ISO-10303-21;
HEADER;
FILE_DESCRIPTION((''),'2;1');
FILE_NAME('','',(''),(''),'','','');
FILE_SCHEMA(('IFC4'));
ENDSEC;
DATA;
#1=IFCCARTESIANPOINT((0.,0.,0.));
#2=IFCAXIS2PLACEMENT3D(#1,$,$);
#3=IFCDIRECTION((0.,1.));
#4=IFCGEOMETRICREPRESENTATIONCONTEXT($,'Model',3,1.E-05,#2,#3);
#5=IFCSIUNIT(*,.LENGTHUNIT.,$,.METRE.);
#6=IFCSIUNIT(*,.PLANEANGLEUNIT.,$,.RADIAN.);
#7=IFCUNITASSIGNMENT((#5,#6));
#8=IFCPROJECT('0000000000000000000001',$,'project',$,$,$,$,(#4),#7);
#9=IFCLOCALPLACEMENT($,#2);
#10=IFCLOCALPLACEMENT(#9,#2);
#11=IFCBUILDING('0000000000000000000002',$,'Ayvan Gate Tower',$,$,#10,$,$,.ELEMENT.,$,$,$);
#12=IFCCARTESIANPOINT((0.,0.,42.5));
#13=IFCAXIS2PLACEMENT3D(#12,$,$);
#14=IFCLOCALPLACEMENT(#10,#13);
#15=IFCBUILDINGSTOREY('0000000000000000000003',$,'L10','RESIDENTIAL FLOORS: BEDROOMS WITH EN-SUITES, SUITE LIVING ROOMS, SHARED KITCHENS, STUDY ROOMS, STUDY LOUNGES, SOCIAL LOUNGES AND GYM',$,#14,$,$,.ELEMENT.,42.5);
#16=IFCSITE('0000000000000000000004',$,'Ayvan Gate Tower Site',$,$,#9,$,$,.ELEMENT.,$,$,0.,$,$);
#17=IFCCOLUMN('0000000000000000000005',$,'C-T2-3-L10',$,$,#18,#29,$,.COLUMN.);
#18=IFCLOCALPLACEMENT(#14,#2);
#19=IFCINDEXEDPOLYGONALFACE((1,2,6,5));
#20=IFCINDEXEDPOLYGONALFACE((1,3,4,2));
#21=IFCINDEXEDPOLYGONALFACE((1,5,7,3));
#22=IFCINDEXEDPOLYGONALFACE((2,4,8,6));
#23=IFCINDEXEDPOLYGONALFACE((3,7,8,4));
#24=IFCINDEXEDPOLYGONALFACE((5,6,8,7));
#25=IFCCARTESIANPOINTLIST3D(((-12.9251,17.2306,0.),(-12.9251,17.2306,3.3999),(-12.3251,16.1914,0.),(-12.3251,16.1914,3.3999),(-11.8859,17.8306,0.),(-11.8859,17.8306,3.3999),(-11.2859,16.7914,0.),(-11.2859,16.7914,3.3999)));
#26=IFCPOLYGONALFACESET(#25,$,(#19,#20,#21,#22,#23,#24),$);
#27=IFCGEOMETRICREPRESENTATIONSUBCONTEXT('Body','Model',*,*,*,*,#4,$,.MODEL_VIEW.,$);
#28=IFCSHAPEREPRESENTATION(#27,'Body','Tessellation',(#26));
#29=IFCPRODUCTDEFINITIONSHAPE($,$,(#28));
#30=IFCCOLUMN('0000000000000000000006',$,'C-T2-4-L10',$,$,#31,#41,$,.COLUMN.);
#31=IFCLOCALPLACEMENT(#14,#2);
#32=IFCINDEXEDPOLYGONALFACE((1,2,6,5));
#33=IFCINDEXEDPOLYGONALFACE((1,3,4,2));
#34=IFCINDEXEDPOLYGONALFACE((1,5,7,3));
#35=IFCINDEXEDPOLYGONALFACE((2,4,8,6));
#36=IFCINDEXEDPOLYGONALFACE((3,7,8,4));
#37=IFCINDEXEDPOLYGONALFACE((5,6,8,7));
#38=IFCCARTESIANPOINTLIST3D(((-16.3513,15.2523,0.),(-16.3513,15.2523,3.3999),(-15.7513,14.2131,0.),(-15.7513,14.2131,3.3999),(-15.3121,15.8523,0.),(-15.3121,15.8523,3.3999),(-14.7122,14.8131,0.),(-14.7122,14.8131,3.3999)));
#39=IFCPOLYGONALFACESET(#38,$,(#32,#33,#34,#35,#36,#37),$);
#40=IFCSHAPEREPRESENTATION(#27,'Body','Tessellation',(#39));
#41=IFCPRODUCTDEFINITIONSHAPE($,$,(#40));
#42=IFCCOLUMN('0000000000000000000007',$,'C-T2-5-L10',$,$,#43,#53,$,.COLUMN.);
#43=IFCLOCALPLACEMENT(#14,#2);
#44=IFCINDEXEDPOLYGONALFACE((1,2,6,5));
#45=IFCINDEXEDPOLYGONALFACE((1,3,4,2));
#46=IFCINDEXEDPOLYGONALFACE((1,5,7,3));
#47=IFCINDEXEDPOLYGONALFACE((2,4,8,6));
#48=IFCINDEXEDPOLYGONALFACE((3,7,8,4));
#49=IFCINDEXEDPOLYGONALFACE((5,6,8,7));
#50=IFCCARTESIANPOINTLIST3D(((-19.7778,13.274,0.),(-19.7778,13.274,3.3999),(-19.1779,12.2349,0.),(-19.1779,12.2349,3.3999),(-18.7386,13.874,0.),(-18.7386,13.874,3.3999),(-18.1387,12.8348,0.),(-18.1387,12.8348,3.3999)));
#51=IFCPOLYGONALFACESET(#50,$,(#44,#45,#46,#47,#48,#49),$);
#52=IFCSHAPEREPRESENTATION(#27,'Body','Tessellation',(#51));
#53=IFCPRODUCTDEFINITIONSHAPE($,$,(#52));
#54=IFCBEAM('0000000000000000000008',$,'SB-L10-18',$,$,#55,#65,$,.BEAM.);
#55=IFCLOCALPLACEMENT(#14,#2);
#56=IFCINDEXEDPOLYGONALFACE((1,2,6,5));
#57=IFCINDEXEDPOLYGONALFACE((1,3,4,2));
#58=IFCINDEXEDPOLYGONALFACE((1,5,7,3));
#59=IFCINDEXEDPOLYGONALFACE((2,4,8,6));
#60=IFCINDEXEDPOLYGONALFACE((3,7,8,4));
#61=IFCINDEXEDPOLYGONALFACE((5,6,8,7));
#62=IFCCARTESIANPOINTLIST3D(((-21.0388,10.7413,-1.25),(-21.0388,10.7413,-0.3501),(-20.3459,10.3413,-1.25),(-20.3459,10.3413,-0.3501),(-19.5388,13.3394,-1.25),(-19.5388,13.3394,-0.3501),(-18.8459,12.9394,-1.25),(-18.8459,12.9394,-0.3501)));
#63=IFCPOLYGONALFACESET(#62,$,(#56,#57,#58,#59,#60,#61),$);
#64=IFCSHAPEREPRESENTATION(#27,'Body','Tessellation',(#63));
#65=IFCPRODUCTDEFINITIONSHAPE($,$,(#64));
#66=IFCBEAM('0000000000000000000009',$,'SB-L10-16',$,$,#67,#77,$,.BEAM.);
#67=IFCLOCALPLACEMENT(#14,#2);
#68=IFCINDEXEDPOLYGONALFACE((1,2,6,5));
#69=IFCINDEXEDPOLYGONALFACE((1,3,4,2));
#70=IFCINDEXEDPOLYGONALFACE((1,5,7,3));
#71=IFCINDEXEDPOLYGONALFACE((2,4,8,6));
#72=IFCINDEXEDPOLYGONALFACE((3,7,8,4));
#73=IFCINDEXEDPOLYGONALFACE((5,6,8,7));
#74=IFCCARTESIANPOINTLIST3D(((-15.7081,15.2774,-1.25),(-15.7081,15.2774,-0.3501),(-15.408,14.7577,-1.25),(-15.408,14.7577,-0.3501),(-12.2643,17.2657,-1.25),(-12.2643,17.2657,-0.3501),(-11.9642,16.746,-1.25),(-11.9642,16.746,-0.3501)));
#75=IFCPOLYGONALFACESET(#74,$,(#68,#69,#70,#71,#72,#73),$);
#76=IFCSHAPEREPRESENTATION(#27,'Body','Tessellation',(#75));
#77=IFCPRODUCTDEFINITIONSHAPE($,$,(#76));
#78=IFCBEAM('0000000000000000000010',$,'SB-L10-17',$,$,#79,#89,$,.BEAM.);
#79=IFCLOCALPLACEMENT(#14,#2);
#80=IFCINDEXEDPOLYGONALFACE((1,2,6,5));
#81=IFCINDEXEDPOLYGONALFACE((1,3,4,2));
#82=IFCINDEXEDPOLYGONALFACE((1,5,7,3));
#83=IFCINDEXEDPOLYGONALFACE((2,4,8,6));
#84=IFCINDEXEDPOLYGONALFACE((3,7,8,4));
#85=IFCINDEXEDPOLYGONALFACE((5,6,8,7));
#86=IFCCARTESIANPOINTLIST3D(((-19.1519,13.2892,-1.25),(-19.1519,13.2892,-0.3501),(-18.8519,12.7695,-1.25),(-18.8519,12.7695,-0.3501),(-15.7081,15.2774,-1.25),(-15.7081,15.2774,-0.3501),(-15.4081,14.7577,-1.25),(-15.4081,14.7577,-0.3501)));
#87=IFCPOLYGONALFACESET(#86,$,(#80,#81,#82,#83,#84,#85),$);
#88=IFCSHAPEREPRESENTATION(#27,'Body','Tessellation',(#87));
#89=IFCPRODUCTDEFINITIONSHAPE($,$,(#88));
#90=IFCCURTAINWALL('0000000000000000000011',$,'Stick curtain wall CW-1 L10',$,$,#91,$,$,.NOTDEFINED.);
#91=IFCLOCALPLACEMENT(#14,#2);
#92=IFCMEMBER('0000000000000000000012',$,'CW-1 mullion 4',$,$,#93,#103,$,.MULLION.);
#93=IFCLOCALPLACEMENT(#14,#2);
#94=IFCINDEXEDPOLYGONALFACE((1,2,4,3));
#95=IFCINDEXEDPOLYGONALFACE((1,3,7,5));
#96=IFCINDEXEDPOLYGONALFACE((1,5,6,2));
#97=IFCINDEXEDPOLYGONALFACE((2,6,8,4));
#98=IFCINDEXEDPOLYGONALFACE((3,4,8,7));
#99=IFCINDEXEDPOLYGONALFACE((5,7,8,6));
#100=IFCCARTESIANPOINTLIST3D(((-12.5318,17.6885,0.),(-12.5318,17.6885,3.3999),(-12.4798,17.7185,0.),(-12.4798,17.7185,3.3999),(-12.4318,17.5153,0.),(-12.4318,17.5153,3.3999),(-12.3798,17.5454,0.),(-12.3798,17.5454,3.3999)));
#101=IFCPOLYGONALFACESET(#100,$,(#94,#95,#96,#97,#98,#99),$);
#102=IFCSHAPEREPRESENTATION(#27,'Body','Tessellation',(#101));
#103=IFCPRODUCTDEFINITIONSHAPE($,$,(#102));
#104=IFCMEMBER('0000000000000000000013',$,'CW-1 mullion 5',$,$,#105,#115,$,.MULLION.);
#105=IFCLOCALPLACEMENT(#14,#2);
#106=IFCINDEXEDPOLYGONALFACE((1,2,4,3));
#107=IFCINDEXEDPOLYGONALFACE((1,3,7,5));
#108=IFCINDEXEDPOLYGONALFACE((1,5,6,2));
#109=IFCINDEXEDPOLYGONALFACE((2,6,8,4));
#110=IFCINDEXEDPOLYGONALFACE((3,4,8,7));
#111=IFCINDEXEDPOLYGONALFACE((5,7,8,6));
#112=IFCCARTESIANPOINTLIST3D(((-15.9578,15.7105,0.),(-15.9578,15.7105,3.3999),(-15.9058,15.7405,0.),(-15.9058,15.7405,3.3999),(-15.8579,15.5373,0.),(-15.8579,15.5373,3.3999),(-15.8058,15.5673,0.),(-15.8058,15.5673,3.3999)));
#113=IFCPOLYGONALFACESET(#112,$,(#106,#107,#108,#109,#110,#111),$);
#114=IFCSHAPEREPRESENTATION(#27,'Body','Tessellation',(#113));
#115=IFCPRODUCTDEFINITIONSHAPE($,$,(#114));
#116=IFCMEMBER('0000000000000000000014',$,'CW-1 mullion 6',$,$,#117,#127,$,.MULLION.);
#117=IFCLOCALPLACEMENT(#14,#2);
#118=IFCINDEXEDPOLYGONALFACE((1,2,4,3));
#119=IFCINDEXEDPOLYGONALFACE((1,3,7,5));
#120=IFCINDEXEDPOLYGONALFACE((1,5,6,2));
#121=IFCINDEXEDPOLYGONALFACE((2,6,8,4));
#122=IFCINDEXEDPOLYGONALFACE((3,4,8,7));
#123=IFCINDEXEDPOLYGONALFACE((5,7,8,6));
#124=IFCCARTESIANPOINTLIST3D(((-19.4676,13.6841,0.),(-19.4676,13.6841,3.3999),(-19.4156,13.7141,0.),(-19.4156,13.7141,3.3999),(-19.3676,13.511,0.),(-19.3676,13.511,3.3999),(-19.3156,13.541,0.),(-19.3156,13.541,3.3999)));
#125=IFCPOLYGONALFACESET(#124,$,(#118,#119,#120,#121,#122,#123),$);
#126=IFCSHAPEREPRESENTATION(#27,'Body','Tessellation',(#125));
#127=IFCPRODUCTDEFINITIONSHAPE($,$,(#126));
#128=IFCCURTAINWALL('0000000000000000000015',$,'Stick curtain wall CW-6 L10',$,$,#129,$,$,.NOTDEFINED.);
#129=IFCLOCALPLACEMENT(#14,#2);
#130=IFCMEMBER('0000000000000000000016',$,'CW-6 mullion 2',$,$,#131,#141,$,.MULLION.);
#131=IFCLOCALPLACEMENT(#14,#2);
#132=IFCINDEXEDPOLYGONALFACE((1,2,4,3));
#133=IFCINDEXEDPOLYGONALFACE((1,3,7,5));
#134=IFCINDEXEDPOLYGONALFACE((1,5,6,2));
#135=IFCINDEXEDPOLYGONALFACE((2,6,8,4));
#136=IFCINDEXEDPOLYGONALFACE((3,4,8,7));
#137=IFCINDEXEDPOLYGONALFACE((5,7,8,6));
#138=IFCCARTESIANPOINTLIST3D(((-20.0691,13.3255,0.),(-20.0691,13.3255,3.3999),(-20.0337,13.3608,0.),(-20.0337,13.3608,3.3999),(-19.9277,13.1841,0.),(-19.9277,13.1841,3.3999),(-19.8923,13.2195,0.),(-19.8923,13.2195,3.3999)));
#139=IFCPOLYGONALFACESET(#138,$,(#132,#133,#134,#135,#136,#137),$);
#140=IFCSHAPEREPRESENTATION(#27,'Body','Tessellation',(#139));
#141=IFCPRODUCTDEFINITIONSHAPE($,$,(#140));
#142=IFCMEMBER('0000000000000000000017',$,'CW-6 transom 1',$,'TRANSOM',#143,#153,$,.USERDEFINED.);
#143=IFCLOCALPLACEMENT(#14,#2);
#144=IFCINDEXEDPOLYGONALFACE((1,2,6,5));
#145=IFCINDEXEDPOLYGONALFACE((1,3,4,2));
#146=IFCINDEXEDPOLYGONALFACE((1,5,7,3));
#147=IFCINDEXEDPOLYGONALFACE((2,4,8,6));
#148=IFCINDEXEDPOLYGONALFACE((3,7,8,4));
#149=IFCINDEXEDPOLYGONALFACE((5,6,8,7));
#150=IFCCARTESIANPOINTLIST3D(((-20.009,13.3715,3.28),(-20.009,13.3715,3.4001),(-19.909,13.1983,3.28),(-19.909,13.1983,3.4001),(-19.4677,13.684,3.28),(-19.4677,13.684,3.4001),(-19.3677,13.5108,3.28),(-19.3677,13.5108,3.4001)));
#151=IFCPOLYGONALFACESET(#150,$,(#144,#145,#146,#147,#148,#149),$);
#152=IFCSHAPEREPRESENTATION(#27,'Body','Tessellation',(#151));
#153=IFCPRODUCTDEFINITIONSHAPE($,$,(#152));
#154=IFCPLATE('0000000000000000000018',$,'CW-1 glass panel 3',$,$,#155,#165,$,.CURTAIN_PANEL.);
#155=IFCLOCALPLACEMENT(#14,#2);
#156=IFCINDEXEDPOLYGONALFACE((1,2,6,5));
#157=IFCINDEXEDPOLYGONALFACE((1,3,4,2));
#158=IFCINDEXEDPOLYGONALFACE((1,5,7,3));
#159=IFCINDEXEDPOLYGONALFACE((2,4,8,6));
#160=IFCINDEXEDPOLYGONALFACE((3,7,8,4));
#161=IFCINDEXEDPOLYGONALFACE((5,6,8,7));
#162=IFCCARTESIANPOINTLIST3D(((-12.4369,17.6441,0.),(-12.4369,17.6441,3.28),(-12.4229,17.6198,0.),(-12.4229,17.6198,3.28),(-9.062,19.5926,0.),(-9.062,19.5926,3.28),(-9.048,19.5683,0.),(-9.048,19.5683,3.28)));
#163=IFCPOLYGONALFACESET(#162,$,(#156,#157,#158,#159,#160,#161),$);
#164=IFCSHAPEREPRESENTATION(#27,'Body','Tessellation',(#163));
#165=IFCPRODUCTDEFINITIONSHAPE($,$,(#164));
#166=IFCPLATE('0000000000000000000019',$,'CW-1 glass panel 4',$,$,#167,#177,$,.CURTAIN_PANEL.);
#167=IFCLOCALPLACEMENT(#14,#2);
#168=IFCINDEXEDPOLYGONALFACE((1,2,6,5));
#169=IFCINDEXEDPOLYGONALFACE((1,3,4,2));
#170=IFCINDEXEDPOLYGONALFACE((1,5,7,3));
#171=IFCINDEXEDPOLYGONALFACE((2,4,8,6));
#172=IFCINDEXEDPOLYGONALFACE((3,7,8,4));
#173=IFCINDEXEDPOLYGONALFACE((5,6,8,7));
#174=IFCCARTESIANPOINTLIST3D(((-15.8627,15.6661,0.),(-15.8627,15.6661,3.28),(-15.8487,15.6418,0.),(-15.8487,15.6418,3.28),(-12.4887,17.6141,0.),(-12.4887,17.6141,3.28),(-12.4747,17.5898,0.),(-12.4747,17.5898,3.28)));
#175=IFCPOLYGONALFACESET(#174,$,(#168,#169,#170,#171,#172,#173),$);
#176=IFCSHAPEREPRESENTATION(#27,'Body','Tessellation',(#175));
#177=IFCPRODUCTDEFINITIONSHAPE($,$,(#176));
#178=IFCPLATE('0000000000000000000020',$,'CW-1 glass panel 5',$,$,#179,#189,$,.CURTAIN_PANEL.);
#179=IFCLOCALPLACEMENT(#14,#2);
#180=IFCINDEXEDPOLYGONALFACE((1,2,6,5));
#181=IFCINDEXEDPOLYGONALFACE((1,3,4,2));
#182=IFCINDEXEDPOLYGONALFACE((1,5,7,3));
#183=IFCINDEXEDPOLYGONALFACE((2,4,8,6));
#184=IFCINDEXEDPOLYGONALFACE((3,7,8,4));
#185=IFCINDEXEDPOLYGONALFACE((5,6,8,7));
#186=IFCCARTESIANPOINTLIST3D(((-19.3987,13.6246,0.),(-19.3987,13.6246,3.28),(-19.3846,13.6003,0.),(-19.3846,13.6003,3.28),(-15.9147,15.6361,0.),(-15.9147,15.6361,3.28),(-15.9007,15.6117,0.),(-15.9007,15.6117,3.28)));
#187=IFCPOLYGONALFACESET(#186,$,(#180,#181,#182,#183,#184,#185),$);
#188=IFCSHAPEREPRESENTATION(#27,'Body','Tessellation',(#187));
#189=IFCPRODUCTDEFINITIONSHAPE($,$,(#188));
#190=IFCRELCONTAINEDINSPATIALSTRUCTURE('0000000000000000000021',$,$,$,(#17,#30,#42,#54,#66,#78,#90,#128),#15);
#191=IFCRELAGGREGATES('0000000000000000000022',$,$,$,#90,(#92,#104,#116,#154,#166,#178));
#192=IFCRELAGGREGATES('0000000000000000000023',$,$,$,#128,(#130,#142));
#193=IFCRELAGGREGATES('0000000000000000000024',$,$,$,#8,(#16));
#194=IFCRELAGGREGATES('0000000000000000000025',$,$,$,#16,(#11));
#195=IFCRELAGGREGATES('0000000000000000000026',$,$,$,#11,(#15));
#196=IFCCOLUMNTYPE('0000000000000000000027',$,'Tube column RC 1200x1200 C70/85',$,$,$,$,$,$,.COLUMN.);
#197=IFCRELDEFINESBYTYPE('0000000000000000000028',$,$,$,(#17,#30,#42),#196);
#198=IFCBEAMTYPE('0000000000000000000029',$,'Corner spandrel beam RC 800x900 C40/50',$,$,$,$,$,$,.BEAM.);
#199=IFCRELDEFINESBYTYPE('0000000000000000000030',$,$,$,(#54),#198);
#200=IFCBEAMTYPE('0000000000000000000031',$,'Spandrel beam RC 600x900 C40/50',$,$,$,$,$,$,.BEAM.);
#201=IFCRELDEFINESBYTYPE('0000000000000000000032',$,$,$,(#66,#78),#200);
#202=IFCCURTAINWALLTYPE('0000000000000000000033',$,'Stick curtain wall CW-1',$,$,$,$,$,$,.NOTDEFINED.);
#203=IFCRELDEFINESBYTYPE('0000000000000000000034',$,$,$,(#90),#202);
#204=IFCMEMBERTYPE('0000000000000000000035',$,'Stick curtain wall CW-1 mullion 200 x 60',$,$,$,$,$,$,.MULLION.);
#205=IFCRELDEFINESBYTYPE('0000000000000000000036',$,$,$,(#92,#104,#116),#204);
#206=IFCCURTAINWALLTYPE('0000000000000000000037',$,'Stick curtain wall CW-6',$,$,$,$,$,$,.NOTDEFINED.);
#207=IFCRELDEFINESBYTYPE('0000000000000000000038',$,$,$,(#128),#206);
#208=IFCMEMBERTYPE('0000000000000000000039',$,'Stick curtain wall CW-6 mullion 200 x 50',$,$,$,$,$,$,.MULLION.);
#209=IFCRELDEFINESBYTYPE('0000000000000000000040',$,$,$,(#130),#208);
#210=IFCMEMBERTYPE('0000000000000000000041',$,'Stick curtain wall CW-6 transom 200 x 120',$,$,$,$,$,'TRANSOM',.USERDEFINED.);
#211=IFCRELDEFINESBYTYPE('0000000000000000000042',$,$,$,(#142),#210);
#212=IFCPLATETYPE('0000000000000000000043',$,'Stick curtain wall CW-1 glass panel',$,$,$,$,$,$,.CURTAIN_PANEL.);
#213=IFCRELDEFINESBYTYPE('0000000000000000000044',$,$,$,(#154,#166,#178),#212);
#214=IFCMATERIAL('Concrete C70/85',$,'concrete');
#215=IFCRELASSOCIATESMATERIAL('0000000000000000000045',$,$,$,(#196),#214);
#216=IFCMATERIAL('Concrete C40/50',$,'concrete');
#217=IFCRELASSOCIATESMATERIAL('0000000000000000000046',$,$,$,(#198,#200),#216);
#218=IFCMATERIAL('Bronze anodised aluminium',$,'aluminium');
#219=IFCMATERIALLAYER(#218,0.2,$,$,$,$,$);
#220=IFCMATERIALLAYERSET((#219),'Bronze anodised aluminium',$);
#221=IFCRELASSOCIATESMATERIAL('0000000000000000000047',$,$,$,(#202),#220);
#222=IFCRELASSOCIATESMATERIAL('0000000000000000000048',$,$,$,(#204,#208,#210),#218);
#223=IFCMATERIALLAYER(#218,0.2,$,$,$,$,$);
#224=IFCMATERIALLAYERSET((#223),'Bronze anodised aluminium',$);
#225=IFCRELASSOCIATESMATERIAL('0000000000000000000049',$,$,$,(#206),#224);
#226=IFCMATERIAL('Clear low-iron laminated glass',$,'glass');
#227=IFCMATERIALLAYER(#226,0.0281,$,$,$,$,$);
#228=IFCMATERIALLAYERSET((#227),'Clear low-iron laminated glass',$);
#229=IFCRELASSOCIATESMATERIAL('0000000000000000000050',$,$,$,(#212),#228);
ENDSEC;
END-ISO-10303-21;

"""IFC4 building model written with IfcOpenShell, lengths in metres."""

from ifc_helpers import new_model, si_unit, direction, frame, origin, origin_2d, place, context, subcontext, project, spatial, rectangle, extrude, material, layer, layer_set, material_profile, profile_set, type_object, element, aggregate, save


model = new_model("IFC4")

# Units and contexts
model_context = context("Model", 3, precision=1e-05, world=origin(), true_north=direction((0.0, 1.0)))
body_context = subcontext(model_context, "Body", "Model", "MODEL_VIEW")
ifc_project = project(units=[si_unit("LENGTHUNIT", "METRE"), si_unit("PLANEANGLEUNIT", "RADIAN")], contexts=[model_context])

# Site, building, storey
site_placement = place(None, origin())
site = spatial("IfcSite", under=ifc_project, at=site_placement, Name="Ayvan Gate Tower Site", CompositionType="ELEMENT", RefElevation=0.0)
building_placement = place(site_placement, origin())
building = spatial("IfcBuilding", under=site, at=building_placement, Name="Ayvan Gate Tower", CompositionType="ELEMENT")
storey_placement = place(building_placement, frame((0.0, 0.0, 42.5)))
storey = spatial("IfcBuildingStorey", under=building, at=storey_placement, Name="L10", Description="RESIDENTIAL FLOORS: BEDROOMS WITH EN-SUITES, SUITE LIVING ROOMS, SHARED KITCHENS, STUDY ROOMS, STUDY LOUNGES, SOCIAL LOUNGES AND GYM", CompositionType="ELEMENT", Elevation=42.5)

# Columns
ifc_material_1 = material(Name="Concrete C70/85", Category="concrete")
ifc_material_profile_1 = material_profile(ifc_material_1, rectangle(XDim=1.2, YDim=1.2, at=origin_2d()), Name="RC 1200x1200")
ifc_profile_set_1 = profile_set([ifc_material_profile_1], Name="Concrete C70/85")
column_type = type_object("IfcColumnType", Name="Tube column RC 1200x1200 C70/85", PredefinedType="COLUMN", material=ifc_profile_set_1)
for number, where, z_axis, x_axis, name in (
    (1, (-12.1055, 17.011, 0.0), (0.0, 0.0, 1.0), (-0.5, 0.866025, 0.0), "C-T2-3-L10"),
    (2, (-15.5317, 15.0327, 0.0), (0.0, 0.0, 1.0), (-0.5, 0.866025, 0.0), "C-T2-4-L10"),
    (3, (-18.9583, 13.0544, 0.0), (0.0, 0.0, 1.0), (-0.5, 0.866025, 0.0), "C-T2-5-L10"),
):
    element("IfcColumn", number, at=place(storey_placement, frame(where, z_axis=z_axis, x_axis=x_axis)), inside=storey, type_object=column_type, Name=name, PredefinedType="COLUMN", context=body_context, shape_type="SweptSolid", body=[
        extrude(rectangle(XDim=1.2, YDim=1.2, at=origin_2d()), origin(), (0.0, 0.0, 1.0), 3.3999),
    ])

# Beams
ifc_material_2 = material(Name="Concrete C40/50", Category="concrete")
ifc_material_profile_2 = material_profile(ifc_material_2, rectangle(XDim=0.8, YDim=0.8999, at=origin_2d()), Name="RC 800x900")
ifc_profile_set_2 = profile_set([ifc_material_profile_2], Name="Concrete C40/50")
beam_type_1 = type_object("IfcBeamType", Name="Corner spandrel beam RC 800x900 C40/50", PredefinedType="BEAM", material=ifc_profile_set_2)
beam_placement = place(storey_placement, frame((-19.1924, 13.1394, -0.8), z_axis=(-0.49999, -0.866031, 0.0), x_axis=(0.866031, -0.49999, 0.0)))
element("IfcBeam", 4, at=beam_placement, inside=storey, type_object=beam_type_1, Name="SB-L10-18", PredefinedType="BEAM", context=body_context, shape_type="SweptSolid", body=[
    extrude(rectangle(XDim=0.8, YDim=0.8999, at=origin_2d()), origin(), (0.0, 0.0, 1.0), 3.0),
])
ifc_material_profile_3 = material_profile(ifc_material_2, rectangle(XDim=0.6001, YDim=0.8999, at=origin_2d()), Name="RC 600x900")
ifc_profile_set_3 = profile_set([ifc_material_profile_3], Name="Concrete C40/50")
beam_type_2 = type_object("IfcBeamType", Name="Spandrel beam RC 600x900 C40/50", PredefinedType="BEAM", material=ifc_profile_set_3)
for number, where, z_axis, x_axis, name in (
    (5, (-12.1143, 17.0059, -0.8), (-0.866028, -0.499995, 0.0), (0.499995, -0.866028, 0.0), "SB-L10-16"),
    (6, (-15.5581, 15.0176, -0.8), (-0.866028, -0.499995, 0.0), (0.499995, -0.866028, 0.0), "SB-L10-17"),
):
    element("IfcBeam", number, at=place(storey_placement, frame(where, z_axis=z_axis, x_axis=x_axis)), inside=storey, type_object=beam_type_2, Name=name, PredefinedType="BEAM", context=body_context, shape_type="SweptSolid", body=[
        extrude(rectangle(XDim=0.6001, YDim=0.8999, at=origin_2d()), origin(), (0.0, 0.0, 1.0), 3.9766),
    ])

# Curtain walls, members
ifc_material_3 = material(Name="Bronze anodised aluminium", Category="aluminium")
ifc_layer_1 = layer(ifc_material_3, 0.2)
ifc_layer_set_1 = layer_set([ifc_layer_1], Name="Bronze anodised aluminium")
curtain_wall_type_1 = type_object("IfcCurtainWallType", Name="Stick curtain wall CW-1", PredefinedType="NOTDEFINED", material=ifc_layer_set_1)
curtain_wall_1_placement = place(storey_placement, origin())
curtain_wall_1 = element("IfcCurtainWall", 7, at=curtain_wall_1_placement, inside=storey, type_object=curtain_wall_type_1, Name="Stick curtain wall CW-1 L10", PredefinedType="NOTDEFINED")
ifc_material_profile_4 = material_profile(ifc_material_3, rectangle(XDim=0.2, YDim=0.0601, at=origin_2d()), Name="Stick curtain wall CW-1 mullion 200 x 60")
ifc_profile_set_4 = profile_set([ifc_material_profile_4], Name="Bronze anodised aluminium")
member_type_1 = type_object("IfcMemberType", Name="Stick curtain wall CW-1 mullion 200 x 60", PredefinedType="MULLION", material=ifc_profile_set_4)
member_1_placement = place(storey_placement, frame((-12.4558, 17.6169, 0.0), z_axis=(0.0, 0.0, 1.0), x_axis=(-0.5, 0.866025, 0.0)))
member_1 = element("IfcMember", 8, at=member_1_placement, type_object=member_type_1, Name="CW-1 mullion 4", PredefinedType="MULLION", context=body_context, shape_type="SweptSolid", body=[
    extrude(rectangle(XDim=0.2, YDim=0.0601, at=origin_2d()), origin(), (0.0, 0.0, 1.0), 3.3999),
])
member_2_placement = place(storey_placement, frame((-15.8818, 15.6389, 0.0), z_axis=(0.0, 0.0, 1.0), x_axis=(-0.5, 0.866025, 0.0)))
member_2 = element("IfcMember", 9, at=member_2_placement, type_object=member_type_1, Name="CW-1 mullion 5", PredefinedType="MULLION", context=body_context, shape_type="SweptSolid", body=[
    extrude(rectangle(XDim=0.2, YDim=0.0601, at=origin_2d()), origin(), (0.0, 0.0, 1.0), 3.3999),
])
member_3_placement = place(storey_placement, frame((-19.3916, 13.6125, 0.0), z_axis=(0.0, 0.0, 1.0), x_axis=(-0.5, 0.866025, 0.0)))
member_3 = element("IfcMember", 10, at=member_3_placement, type_object=member_type_1, Name="CW-1 mullion 6", PredefinedType="MULLION", context=body_context, shape_type="SweptSolid", body=[
    extrude(rectangle(XDim=0.2, YDim=0.0601, at=origin_2d()), origin(), (0.0, 0.0, 1.0), 3.3999),
])
ifc_layer_2 = layer(ifc_material_3, 0.2)
ifc_layer_set_2 = layer_set([ifc_layer_2], Name="Bronze anodised aluminium")
curtain_wall_type_2 = type_object("IfcCurtainWallType", Name="Stick curtain wall CW-6", PredefinedType="NOTDEFINED", material=ifc_layer_set_2)
curtain_wall_2_placement = place(storey_placement, origin())
curtain_wall_2 = element("IfcCurtainWall", 11, at=curtain_wall_2_placement, inside=storey, type_object=curtain_wall_type_2, Name="Stick curtain wall CW-6 L10", PredefinedType="NOTDEFINED")
ifc_material_profile_5 = material_profile(ifc_material_3, rectangle(XDim=0.2, YDim=0.05, at=origin_2d()), Name="Stick curtain wall CW-6 mullion 200 x 50")
ifc_profile_set_5 = profile_set([ifc_material_profile_5], Name="Bronze anodised aluminium")
member_type_2 = type_object("IfcMemberType", Name="Stick curtain wall CW-6 mullion 200 x 50", PredefinedType="MULLION", material=ifc_profile_set_5)
member_4_placement = place(storey_placement, frame((-19.9807, 13.2725, 0.0), z_axis=(0.0, 0.0, 1.0), x_axis=(-0.707107, 0.707107, 0.0)))
member_4 = element("IfcMember", 12, at=member_4_placement, type_object=member_type_2, Name="CW-6 mullion 2", PredefinedType="MULLION", context=body_context, shape_type="SweptSolid", body=[
    extrude(rectangle(XDim=0.2, YDim=0.05, at=origin_2d()), origin(), (0.0, 0.0, 1.0), 3.3999),
])
ifc_material_profile_6 = material_profile(ifc_material_3, rectangle(XDim=0.2, YDim=0.1201, at=origin_2d()), Name="Stick curtain wall CW-6 transom 200 x 120")
ifc_profile_set_6 = profile_set([ifc_material_profile_6], Name="Bronze anodised aluminium")
member_type_3 = type_object("IfcMemberType", Name="Stick curtain wall CW-6 transom 200 x 120", ElementType="TRANSOM", PredefinedType="USERDEFINED", material=ifc_profile_set_6)
member_5_placement = place(storey_placement, frame((-19.4177, 13.5974, 3.3401), z_axis=(-0.866023, -0.500004, 0.0), x_axis=(0.500004, -0.866023, 0.0)))
member_5 = element("IfcMember", 13, at=member_5_placement, type_object=member_type_3, Name="CW-6 transom 1", ObjectType="TRANSOM", PredefinedType="USERDEFINED", context=body_context, shape_type="SweptSolid", body=[
    extrude(rectangle(XDim=0.2, YDim=0.1201, at=origin_2d()), origin(), (0.0, 0.0, 1.0), 0.625),
])

# Plates
ifc_material_4 = material(Name="Clear low-iron laminated glass", Category="glass")
ifc_layer_3 = layer(ifc_material_4, 0.0281)
ifc_layer_set_3 = layer_set([ifc_layer_3], Name="Clear low-iron laminated glass")
plate_type_1 = type_object("IfcPlateType", Name="Stick curtain wall CW-1 glass panel", PredefinedType="CURTAIN_PANEL", material=ifc_layer_set_3)
plate_1_placement = place(storey_placement, frame((-10.7424, 18.6062, 0.0), z_axis=(0.0, 0.0, 1.0), x_axis=(-0.866025, -0.5, 0.0)))
plate_1 = element("IfcPlate", 14, at=plate_1_placement, type_object=plate_type_1, Name="CW-1 glass panel 3", PredefinedType="CURTAIN_PANEL", context=body_context, shape_type="SweptSolid", body=[
    extrude(rectangle(XDim=3.897, YDim=0.0281, at=origin_2d()), origin(), (0.0, 0.0, 1.0), 3.28),
])
plate_2_placement = place(storey_placement, frame((-14.1687, 16.6279, 0.0), z_axis=(0.0, 0.0, 1.0), x_axis=(-0.866025, -0.5, 0.0)))
plate_2 = element("IfcPlate", 15, at=plate_2_placement, type_object=plate_type_1, Name="CW-1 glass panel 4", PredefinedType="CURTAIN_PANEL", context=body_context, shape_type="SweptSolid", body=[
    extrude(rectangle(XDim=3.896, YDim=0.0281, at=origin_2d()), origin(), (0.0, 0.0, 1.0), 3.28),
])
plate_3_placement = place(storey_placement, frame((-17.6497, 14.6182, 0.0), z_axis=(0.0, 0.0, 1.0), x_axis=(-0.866025, -0.5, 0.0)))
plate_3 = element("IfcPlate", 16, at=plate_3_placement, type_object=plate_type_1, Name="CW-1 glass panel 5", PredefinedType="CURTAIN_PANEL", context=body_context, shape_type="SweptSolid", body=[
    extrude(rectangle(XDim=4.0229, YDim=0.0281, at=origin_2d()), origin(), (0.0, 0.0, 1.0), 3.28),
])
aggregate(curtain_wall_1, [member_1, member_2, member_3, plate_1, plate_2, plate_3])
aggregate(curtain_wall_2, [member_4, member_5])

save(model, "model.ifc")
